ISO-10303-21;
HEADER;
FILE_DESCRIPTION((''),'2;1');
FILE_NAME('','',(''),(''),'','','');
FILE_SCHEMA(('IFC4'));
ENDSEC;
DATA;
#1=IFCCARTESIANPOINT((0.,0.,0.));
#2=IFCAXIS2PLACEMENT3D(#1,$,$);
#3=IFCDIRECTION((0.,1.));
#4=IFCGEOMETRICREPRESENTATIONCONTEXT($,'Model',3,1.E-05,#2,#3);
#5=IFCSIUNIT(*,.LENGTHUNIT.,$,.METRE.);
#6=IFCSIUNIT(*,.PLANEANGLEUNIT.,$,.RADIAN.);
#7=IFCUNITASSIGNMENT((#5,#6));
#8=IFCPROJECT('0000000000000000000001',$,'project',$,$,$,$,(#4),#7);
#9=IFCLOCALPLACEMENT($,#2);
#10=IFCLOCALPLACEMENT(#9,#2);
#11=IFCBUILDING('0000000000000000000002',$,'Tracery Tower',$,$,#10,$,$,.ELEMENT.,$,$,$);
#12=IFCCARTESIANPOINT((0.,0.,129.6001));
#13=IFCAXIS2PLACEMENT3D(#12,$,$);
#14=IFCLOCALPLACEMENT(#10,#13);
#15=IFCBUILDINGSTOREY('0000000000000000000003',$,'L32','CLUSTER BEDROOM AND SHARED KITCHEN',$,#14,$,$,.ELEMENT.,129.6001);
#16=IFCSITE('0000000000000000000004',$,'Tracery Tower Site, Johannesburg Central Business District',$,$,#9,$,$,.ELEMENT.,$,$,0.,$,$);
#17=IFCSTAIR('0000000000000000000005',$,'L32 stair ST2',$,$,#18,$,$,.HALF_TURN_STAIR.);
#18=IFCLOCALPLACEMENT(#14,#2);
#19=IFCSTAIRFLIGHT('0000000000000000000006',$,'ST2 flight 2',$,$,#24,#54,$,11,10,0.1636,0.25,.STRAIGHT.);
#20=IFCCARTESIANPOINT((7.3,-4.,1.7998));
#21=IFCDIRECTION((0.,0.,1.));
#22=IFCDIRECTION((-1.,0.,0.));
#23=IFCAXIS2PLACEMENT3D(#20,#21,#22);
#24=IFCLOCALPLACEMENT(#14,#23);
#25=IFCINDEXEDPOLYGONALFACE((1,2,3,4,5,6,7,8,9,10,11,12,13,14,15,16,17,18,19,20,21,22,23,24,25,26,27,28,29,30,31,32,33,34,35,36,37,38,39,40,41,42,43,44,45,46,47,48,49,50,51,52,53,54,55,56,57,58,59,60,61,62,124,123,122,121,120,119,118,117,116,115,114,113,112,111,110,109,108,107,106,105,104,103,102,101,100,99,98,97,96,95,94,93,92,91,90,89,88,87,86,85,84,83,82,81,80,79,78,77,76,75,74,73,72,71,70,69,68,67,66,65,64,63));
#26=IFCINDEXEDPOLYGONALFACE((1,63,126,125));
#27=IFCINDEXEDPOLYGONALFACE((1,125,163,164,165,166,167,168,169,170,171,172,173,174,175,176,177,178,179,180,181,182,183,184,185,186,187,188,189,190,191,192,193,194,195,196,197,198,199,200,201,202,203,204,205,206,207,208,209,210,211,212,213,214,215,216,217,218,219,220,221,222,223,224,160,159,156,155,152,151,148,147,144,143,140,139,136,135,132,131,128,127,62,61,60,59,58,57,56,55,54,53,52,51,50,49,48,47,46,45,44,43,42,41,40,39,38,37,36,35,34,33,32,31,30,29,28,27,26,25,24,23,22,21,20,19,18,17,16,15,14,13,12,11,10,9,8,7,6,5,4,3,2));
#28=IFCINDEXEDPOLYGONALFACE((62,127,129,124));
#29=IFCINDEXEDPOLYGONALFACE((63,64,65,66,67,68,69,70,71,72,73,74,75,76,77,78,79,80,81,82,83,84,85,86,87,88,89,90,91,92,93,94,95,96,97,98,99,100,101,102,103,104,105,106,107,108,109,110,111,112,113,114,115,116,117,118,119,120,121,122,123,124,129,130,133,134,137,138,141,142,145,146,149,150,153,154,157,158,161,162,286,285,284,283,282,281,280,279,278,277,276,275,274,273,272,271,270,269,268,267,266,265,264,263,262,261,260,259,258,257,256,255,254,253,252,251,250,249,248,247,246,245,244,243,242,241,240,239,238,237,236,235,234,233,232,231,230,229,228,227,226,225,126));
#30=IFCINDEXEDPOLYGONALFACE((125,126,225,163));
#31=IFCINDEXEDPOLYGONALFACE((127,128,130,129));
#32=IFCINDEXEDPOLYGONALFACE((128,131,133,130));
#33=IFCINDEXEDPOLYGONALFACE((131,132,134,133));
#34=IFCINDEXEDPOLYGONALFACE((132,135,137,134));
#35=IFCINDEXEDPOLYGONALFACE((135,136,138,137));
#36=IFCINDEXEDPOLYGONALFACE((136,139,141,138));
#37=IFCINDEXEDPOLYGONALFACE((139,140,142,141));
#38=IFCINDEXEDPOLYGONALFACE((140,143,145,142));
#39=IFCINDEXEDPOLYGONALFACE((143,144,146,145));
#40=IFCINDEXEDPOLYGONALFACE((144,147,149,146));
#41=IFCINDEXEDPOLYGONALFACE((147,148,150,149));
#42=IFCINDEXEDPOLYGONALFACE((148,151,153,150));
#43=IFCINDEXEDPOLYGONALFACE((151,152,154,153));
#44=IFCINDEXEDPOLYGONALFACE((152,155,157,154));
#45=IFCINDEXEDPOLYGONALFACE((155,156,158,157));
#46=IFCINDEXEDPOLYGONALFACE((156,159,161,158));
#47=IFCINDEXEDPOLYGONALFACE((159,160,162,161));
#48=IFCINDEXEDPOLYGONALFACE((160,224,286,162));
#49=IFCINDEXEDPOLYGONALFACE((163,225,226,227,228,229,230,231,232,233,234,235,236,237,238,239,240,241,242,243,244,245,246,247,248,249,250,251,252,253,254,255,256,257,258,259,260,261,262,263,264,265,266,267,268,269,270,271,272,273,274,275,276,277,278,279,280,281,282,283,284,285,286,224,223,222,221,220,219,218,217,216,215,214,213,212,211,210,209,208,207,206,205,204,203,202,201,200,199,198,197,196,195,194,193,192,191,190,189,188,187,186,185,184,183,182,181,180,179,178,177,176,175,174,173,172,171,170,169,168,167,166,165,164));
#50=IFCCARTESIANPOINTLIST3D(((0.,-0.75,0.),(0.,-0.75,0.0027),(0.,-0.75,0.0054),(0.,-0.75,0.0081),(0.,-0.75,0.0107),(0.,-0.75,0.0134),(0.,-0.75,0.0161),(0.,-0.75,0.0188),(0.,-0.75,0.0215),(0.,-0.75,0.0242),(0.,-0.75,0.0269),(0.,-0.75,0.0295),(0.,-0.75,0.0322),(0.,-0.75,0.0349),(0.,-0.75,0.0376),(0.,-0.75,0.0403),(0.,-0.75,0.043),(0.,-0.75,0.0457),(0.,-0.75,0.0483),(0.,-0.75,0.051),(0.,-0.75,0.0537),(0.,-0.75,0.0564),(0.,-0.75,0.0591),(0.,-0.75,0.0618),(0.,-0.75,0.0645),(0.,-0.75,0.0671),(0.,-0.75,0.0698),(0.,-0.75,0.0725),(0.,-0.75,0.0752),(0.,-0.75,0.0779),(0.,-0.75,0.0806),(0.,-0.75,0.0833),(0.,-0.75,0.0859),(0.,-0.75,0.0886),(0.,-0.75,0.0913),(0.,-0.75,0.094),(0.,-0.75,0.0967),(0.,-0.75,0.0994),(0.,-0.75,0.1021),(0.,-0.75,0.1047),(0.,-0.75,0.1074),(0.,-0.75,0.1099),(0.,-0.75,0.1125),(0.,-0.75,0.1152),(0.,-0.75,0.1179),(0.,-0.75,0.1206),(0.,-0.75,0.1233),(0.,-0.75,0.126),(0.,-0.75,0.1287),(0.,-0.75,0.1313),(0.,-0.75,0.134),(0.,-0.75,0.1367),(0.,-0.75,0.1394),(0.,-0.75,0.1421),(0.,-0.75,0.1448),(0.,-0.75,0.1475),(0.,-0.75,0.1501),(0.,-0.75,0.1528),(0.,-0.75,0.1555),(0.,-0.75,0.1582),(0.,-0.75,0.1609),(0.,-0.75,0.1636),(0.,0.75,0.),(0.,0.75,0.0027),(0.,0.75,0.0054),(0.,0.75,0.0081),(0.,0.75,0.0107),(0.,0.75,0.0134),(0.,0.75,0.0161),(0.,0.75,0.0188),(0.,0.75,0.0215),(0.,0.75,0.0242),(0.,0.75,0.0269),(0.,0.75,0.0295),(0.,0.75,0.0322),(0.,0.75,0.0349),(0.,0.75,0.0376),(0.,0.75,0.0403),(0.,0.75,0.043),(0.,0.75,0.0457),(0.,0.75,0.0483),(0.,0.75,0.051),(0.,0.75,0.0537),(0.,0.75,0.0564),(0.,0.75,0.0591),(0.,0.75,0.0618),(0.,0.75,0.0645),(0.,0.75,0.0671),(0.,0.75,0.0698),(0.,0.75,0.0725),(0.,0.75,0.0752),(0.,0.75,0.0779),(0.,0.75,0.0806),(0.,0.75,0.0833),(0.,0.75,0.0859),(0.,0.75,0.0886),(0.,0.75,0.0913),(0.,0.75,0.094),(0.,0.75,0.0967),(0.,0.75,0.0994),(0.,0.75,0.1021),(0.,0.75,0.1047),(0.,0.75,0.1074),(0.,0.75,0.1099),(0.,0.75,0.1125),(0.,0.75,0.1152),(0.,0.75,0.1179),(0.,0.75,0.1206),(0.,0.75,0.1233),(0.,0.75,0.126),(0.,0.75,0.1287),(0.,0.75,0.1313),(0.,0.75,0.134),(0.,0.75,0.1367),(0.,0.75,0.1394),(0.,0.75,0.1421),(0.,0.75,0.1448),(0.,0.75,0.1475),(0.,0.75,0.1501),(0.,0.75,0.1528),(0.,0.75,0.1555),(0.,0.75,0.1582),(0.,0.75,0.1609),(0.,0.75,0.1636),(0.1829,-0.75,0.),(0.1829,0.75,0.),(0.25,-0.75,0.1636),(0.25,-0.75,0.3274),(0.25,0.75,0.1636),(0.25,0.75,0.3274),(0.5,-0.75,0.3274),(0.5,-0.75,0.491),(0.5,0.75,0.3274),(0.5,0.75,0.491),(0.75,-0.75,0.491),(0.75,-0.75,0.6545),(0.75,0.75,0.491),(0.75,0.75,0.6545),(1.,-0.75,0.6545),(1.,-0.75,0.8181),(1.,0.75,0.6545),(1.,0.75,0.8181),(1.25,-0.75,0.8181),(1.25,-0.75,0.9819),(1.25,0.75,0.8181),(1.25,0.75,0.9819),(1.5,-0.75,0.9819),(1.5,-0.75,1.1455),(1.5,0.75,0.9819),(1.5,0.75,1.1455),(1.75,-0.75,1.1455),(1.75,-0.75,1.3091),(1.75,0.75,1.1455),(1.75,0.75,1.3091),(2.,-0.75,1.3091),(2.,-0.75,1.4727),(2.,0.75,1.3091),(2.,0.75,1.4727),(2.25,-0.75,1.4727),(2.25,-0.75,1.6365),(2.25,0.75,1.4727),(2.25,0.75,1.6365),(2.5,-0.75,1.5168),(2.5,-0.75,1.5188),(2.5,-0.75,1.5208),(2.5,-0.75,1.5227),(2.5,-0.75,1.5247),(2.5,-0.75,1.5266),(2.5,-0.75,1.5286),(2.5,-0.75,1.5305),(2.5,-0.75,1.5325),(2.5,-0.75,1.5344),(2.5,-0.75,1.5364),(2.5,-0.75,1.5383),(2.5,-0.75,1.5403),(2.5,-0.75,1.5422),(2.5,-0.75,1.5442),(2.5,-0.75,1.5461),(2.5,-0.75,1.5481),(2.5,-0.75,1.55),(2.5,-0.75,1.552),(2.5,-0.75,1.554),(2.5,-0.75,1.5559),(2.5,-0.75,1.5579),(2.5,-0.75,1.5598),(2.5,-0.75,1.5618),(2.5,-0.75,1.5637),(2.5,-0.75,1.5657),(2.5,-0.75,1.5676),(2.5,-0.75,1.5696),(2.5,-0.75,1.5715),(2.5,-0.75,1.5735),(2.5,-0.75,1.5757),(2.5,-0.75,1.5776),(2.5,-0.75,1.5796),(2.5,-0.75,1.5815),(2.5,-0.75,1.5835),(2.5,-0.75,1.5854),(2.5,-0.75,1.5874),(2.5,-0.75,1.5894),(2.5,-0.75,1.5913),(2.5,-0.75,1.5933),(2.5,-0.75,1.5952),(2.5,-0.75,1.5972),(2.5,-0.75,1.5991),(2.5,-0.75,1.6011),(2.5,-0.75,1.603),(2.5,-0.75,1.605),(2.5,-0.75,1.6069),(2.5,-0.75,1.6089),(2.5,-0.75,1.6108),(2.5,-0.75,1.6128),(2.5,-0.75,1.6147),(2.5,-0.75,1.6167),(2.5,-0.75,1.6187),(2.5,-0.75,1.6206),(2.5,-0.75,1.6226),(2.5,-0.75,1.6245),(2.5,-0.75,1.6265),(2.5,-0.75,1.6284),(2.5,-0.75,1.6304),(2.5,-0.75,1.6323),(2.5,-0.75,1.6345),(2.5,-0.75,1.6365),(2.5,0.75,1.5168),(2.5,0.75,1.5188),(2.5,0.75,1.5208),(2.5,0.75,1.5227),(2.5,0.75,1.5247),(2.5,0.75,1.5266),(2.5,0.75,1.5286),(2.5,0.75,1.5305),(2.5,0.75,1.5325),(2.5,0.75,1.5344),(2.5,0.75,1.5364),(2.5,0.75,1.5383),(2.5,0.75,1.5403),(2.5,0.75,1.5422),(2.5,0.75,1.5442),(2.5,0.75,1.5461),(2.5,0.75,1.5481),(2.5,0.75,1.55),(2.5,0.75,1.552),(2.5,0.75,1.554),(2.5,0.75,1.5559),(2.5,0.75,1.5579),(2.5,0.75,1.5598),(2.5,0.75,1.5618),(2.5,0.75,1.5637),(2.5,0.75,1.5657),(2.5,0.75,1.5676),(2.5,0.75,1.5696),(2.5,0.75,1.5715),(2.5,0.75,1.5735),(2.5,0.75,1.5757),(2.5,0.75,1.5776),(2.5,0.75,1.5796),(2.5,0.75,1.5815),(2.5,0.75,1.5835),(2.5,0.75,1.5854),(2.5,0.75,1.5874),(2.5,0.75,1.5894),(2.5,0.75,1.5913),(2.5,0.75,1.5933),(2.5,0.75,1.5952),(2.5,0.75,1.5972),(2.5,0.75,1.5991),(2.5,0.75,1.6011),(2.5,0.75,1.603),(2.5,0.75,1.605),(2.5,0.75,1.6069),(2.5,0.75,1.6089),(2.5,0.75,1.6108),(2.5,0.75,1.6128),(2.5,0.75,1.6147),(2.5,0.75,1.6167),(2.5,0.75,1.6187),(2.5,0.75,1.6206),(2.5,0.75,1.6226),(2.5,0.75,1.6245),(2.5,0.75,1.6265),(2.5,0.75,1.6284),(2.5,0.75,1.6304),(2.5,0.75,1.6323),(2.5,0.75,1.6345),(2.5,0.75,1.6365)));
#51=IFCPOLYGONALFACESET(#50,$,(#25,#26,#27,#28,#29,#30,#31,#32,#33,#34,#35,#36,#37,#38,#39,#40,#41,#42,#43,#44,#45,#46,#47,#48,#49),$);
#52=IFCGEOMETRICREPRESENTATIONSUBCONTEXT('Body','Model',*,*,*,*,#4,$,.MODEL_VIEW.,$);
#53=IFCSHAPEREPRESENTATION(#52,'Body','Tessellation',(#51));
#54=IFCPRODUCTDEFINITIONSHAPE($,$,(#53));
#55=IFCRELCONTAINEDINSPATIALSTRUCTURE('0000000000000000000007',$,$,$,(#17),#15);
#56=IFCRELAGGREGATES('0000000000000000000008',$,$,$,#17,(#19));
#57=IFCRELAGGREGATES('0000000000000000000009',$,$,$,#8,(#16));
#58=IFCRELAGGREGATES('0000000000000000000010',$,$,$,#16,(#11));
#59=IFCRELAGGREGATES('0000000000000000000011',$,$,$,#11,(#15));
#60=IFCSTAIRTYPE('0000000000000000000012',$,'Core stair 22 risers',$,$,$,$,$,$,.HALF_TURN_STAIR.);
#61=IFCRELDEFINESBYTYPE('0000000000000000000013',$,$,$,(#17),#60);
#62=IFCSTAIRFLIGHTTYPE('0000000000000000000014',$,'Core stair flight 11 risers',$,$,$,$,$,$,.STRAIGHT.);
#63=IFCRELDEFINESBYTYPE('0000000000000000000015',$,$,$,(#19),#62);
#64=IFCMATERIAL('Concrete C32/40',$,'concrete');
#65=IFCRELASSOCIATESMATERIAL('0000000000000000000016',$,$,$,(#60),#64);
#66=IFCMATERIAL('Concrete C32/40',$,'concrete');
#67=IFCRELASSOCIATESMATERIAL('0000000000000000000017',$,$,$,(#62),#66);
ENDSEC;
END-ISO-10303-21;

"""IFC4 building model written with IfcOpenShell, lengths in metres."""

from ifc_helpers import new_model, si_unit, direction, frame, origin, place, context, subcontext, project, spatial, polyline, outline, extrude, material, type_object, element, aggregate, save


model = new_model("IFC4")

# Units and contexts
model_context = context("Model", 3, precision=1e-05, world=origin(), true_north=direction((0.0, 1.0)))
body_context = subcontext(model_context, "Body", "Model", "MODEL_VIEW")
ifc_project = project(units=[si_unit("LENGTHUNIT", "METRE"), si_unit("PLANEANGLEUNIT", "RADIAN")], contexts=[model_context])

# Site, building, storey
site_placement = place(None, origin())
site = spatial("IfcSite", under=ifc_project, at=site_placement, Name="Tracery Tower Site, Johannesburg Central Business District", CompositionType="ELEMENT", RefElevation=0.0)
building_placement = place(site_placement, origin())
building = spatial("IfcBuilding", under=site, at=building_placement, Name="Tracery Tower", CompositionType="ELEMENT")
storey_placement = place(building_placement, frame((0.0, 0.0, 129.6001)))
storey = spatial("IfcBuildingStorey", under=building, at=storey_placement, Name="L32", Description="CLUSTER BEDROOM AND SHARED KITCHEN", CompositionType="ELEMENT", Elevation=129.6001)

# Stair
ifc_material_1 = material(Name="Concrete C32/40", Category="concrete")
stair_type = type_object("IfcStairType", Name="Core stair 22 risers", PredefinedType="HALF_TURN_STAIR", material=ifc_material_1)
stair_1_placement = place(storey_placement, origin())
stair_1 = element("IfcStair", 1, at=stair_1_placement, inside=storey, type_object=stair_type, Name="L32 stair ST2", PredefinedType="HALF_TURN_STAIR")

# Stair flight
ifc_material_2 = material(Name="Concrete C32/40", Category="concrete")
stair_flight_type = type_object("IfcStairFlightType", Name="Core stair flight 11 risers", PredefinedType="STRAIGHT", material=ifc_material_2)
stair_flight_1_placement = place(storey_placement, frame((7.3, -4.0, 1.7998), z_axis=(0.0, 0.0, 1.0), x_axis=(-1.0, 0.0, 0.0)))
stair_flight_1 = element("IfcStairFlight", 2, at=stair_flight_1_placement, type_object=stair_flight_type, Name="ST2 flight 2", NumberOfRisers=11, NumberOfTreads=10, PredefinedType="STRAIGHT", RiserHeight=0.1636, TreadLength=0.25, context=body_context, shape_type="SweptSolid", body=[
    extrude(outline(polyline([(0.0, 0.0), (0.0, 0.0027), (0.0, 0.0054), (0.0, 0.0081), (0.0, 0.0107), (0.0, 0.0134), (0.0, 0.0161), (0.0, 0.0188), (0.0, 0.0215), (0.0, 0.0242), (0.0, 0.0269), (0.0, 0.0295), (0.0, 0.0322), (0.0, 0.0349), (0.0, 0.0376), (0.0, 0.0403), (0.0, 0.043), (0.0, 0.0457), (0.0, 0.0483), (0.0, 0.051), (0.0, 0.0537), (0.0, 0.0564), (0.0, 0.0591), (0.0, 0.0618), (0.0, 0.0645), (0.0, 0.0671), (0.0, 0.0698), (0.0, 0.0725), (0.0, 0.0752), (0.0, 0.0779), (0.0, 0.0806), (0.0, 0.0833), (0.0, 0.0859), (0.0, 0.0886), (0.0, 0.0913), (0.0, 0.094), (0.0, 0.0967), (0.0, 0.0994), (0.0, 0.1021), (0.0, 0.1047), (0.0, 0.1074), (0.0, 0.1099), (0.0, 0.1125), (0.0, 0.1152), (0.0, 0.1179), (0.0, 0.1206), (0.0, 0.1233), (0.0, 0.126), (0.0, 0.1287), (0.0, 0.1313), (0.0, 0.134), (0.0, 0.1367), (0.0, 0.1394), (0.0, 0.1421), (0.0, 0.1448), (0.0, 0.1475), (0.0, 0.1501), (0.0, 0.1528), (0.0, 0.1555), (0.0, 0.1582), (0.0, 0.1609), (0.0, 0.1636), (0.25, 0.1636), (0.25, 0.3274), (0.5, 0.3274), (0.5, 0.491), (0.75, 0.491), (0.75, 0.6545), (1.0, 0.6545), (1.0, 0.8181), (1.25, 0.8181), (1.25, 0.9819), (1.5, 0.9819), (1.5, 1.1455), (1.75, 1.1455), (1.75, 1.3091), (2.0, 1.3091), (2.0, 1.4727), (2.25, 1.4727), (2.25, 1.6365), (2.5, 1.6365), (2.5, 1.6345), (2.5, 1.6323), (2.5, 1.6304), (2.5, 1.6284), (2.5, 1.6265), (2.5, 1.6245), (2.5, 1.6226), (2.5, 1.6206), (2.5, 1.6187), (2.5, 1.6167), (2.5, 1.6147), (2.5, 1.6128), (2.5, 1.6108), (2.5, 1.6089), (2.5, 1.6069), (2.5, 1.605), (2.5, 1.603), (2.5, 1.6011), (2.5, 1.5991), (2.5, 1.5972), (2.5, 1.5952), (2.5, 1.5933), (2.5, 1.5913), (2.5, 1.5894), (2.5, 1.5874), (2.5, 1.5854), (2.5, 1.5835), (2.5, 1.5815), (2.5, 1.5796), (2.5, 1.5776), (2.5, 1.5757), (2.5, 1.5735), (2.5, 1.5715), (2.5, 1.5696), (2.5, 1.5676), (2.5, 1.5657), (2.5, 1.5637), (2.5, 1.5618), (2.5, 1.5598), (2.5, 1.5579), (2.5, 1.5559), (2.5, 1.554), (2.5, 1.552), (2.5, 1.55), (2.5, 1.5481), (2.5, 1.5461), (2.5, 1.5442), (2.5, 1.5422), (2.5, 1.5403), (2.5, 1.5383), (2.5, 1.5364), (2.5, 1.5344), (2.5, 1.5325), (2.5, 1.5305), (2.5, 1.5286), (2.5, 1.5266), (2.5, 1.5247), (2.5, 1.5227), (2.5, 1.5208), (2.5, 1.5188), (2.5, 1.5168), (0.1829, 0.0), (0.0, 0.0)])), frame((0.0, 0.75, 0.0), z_axis=(0.0, -1.0, 0.0), x_axis=(1.0, 0.0, 0.0)), (0.0, 0.0, 1.0), 1.5),
])
aggregate(stair_1, [stair_flight_1])

save(model, "model.ifc")
